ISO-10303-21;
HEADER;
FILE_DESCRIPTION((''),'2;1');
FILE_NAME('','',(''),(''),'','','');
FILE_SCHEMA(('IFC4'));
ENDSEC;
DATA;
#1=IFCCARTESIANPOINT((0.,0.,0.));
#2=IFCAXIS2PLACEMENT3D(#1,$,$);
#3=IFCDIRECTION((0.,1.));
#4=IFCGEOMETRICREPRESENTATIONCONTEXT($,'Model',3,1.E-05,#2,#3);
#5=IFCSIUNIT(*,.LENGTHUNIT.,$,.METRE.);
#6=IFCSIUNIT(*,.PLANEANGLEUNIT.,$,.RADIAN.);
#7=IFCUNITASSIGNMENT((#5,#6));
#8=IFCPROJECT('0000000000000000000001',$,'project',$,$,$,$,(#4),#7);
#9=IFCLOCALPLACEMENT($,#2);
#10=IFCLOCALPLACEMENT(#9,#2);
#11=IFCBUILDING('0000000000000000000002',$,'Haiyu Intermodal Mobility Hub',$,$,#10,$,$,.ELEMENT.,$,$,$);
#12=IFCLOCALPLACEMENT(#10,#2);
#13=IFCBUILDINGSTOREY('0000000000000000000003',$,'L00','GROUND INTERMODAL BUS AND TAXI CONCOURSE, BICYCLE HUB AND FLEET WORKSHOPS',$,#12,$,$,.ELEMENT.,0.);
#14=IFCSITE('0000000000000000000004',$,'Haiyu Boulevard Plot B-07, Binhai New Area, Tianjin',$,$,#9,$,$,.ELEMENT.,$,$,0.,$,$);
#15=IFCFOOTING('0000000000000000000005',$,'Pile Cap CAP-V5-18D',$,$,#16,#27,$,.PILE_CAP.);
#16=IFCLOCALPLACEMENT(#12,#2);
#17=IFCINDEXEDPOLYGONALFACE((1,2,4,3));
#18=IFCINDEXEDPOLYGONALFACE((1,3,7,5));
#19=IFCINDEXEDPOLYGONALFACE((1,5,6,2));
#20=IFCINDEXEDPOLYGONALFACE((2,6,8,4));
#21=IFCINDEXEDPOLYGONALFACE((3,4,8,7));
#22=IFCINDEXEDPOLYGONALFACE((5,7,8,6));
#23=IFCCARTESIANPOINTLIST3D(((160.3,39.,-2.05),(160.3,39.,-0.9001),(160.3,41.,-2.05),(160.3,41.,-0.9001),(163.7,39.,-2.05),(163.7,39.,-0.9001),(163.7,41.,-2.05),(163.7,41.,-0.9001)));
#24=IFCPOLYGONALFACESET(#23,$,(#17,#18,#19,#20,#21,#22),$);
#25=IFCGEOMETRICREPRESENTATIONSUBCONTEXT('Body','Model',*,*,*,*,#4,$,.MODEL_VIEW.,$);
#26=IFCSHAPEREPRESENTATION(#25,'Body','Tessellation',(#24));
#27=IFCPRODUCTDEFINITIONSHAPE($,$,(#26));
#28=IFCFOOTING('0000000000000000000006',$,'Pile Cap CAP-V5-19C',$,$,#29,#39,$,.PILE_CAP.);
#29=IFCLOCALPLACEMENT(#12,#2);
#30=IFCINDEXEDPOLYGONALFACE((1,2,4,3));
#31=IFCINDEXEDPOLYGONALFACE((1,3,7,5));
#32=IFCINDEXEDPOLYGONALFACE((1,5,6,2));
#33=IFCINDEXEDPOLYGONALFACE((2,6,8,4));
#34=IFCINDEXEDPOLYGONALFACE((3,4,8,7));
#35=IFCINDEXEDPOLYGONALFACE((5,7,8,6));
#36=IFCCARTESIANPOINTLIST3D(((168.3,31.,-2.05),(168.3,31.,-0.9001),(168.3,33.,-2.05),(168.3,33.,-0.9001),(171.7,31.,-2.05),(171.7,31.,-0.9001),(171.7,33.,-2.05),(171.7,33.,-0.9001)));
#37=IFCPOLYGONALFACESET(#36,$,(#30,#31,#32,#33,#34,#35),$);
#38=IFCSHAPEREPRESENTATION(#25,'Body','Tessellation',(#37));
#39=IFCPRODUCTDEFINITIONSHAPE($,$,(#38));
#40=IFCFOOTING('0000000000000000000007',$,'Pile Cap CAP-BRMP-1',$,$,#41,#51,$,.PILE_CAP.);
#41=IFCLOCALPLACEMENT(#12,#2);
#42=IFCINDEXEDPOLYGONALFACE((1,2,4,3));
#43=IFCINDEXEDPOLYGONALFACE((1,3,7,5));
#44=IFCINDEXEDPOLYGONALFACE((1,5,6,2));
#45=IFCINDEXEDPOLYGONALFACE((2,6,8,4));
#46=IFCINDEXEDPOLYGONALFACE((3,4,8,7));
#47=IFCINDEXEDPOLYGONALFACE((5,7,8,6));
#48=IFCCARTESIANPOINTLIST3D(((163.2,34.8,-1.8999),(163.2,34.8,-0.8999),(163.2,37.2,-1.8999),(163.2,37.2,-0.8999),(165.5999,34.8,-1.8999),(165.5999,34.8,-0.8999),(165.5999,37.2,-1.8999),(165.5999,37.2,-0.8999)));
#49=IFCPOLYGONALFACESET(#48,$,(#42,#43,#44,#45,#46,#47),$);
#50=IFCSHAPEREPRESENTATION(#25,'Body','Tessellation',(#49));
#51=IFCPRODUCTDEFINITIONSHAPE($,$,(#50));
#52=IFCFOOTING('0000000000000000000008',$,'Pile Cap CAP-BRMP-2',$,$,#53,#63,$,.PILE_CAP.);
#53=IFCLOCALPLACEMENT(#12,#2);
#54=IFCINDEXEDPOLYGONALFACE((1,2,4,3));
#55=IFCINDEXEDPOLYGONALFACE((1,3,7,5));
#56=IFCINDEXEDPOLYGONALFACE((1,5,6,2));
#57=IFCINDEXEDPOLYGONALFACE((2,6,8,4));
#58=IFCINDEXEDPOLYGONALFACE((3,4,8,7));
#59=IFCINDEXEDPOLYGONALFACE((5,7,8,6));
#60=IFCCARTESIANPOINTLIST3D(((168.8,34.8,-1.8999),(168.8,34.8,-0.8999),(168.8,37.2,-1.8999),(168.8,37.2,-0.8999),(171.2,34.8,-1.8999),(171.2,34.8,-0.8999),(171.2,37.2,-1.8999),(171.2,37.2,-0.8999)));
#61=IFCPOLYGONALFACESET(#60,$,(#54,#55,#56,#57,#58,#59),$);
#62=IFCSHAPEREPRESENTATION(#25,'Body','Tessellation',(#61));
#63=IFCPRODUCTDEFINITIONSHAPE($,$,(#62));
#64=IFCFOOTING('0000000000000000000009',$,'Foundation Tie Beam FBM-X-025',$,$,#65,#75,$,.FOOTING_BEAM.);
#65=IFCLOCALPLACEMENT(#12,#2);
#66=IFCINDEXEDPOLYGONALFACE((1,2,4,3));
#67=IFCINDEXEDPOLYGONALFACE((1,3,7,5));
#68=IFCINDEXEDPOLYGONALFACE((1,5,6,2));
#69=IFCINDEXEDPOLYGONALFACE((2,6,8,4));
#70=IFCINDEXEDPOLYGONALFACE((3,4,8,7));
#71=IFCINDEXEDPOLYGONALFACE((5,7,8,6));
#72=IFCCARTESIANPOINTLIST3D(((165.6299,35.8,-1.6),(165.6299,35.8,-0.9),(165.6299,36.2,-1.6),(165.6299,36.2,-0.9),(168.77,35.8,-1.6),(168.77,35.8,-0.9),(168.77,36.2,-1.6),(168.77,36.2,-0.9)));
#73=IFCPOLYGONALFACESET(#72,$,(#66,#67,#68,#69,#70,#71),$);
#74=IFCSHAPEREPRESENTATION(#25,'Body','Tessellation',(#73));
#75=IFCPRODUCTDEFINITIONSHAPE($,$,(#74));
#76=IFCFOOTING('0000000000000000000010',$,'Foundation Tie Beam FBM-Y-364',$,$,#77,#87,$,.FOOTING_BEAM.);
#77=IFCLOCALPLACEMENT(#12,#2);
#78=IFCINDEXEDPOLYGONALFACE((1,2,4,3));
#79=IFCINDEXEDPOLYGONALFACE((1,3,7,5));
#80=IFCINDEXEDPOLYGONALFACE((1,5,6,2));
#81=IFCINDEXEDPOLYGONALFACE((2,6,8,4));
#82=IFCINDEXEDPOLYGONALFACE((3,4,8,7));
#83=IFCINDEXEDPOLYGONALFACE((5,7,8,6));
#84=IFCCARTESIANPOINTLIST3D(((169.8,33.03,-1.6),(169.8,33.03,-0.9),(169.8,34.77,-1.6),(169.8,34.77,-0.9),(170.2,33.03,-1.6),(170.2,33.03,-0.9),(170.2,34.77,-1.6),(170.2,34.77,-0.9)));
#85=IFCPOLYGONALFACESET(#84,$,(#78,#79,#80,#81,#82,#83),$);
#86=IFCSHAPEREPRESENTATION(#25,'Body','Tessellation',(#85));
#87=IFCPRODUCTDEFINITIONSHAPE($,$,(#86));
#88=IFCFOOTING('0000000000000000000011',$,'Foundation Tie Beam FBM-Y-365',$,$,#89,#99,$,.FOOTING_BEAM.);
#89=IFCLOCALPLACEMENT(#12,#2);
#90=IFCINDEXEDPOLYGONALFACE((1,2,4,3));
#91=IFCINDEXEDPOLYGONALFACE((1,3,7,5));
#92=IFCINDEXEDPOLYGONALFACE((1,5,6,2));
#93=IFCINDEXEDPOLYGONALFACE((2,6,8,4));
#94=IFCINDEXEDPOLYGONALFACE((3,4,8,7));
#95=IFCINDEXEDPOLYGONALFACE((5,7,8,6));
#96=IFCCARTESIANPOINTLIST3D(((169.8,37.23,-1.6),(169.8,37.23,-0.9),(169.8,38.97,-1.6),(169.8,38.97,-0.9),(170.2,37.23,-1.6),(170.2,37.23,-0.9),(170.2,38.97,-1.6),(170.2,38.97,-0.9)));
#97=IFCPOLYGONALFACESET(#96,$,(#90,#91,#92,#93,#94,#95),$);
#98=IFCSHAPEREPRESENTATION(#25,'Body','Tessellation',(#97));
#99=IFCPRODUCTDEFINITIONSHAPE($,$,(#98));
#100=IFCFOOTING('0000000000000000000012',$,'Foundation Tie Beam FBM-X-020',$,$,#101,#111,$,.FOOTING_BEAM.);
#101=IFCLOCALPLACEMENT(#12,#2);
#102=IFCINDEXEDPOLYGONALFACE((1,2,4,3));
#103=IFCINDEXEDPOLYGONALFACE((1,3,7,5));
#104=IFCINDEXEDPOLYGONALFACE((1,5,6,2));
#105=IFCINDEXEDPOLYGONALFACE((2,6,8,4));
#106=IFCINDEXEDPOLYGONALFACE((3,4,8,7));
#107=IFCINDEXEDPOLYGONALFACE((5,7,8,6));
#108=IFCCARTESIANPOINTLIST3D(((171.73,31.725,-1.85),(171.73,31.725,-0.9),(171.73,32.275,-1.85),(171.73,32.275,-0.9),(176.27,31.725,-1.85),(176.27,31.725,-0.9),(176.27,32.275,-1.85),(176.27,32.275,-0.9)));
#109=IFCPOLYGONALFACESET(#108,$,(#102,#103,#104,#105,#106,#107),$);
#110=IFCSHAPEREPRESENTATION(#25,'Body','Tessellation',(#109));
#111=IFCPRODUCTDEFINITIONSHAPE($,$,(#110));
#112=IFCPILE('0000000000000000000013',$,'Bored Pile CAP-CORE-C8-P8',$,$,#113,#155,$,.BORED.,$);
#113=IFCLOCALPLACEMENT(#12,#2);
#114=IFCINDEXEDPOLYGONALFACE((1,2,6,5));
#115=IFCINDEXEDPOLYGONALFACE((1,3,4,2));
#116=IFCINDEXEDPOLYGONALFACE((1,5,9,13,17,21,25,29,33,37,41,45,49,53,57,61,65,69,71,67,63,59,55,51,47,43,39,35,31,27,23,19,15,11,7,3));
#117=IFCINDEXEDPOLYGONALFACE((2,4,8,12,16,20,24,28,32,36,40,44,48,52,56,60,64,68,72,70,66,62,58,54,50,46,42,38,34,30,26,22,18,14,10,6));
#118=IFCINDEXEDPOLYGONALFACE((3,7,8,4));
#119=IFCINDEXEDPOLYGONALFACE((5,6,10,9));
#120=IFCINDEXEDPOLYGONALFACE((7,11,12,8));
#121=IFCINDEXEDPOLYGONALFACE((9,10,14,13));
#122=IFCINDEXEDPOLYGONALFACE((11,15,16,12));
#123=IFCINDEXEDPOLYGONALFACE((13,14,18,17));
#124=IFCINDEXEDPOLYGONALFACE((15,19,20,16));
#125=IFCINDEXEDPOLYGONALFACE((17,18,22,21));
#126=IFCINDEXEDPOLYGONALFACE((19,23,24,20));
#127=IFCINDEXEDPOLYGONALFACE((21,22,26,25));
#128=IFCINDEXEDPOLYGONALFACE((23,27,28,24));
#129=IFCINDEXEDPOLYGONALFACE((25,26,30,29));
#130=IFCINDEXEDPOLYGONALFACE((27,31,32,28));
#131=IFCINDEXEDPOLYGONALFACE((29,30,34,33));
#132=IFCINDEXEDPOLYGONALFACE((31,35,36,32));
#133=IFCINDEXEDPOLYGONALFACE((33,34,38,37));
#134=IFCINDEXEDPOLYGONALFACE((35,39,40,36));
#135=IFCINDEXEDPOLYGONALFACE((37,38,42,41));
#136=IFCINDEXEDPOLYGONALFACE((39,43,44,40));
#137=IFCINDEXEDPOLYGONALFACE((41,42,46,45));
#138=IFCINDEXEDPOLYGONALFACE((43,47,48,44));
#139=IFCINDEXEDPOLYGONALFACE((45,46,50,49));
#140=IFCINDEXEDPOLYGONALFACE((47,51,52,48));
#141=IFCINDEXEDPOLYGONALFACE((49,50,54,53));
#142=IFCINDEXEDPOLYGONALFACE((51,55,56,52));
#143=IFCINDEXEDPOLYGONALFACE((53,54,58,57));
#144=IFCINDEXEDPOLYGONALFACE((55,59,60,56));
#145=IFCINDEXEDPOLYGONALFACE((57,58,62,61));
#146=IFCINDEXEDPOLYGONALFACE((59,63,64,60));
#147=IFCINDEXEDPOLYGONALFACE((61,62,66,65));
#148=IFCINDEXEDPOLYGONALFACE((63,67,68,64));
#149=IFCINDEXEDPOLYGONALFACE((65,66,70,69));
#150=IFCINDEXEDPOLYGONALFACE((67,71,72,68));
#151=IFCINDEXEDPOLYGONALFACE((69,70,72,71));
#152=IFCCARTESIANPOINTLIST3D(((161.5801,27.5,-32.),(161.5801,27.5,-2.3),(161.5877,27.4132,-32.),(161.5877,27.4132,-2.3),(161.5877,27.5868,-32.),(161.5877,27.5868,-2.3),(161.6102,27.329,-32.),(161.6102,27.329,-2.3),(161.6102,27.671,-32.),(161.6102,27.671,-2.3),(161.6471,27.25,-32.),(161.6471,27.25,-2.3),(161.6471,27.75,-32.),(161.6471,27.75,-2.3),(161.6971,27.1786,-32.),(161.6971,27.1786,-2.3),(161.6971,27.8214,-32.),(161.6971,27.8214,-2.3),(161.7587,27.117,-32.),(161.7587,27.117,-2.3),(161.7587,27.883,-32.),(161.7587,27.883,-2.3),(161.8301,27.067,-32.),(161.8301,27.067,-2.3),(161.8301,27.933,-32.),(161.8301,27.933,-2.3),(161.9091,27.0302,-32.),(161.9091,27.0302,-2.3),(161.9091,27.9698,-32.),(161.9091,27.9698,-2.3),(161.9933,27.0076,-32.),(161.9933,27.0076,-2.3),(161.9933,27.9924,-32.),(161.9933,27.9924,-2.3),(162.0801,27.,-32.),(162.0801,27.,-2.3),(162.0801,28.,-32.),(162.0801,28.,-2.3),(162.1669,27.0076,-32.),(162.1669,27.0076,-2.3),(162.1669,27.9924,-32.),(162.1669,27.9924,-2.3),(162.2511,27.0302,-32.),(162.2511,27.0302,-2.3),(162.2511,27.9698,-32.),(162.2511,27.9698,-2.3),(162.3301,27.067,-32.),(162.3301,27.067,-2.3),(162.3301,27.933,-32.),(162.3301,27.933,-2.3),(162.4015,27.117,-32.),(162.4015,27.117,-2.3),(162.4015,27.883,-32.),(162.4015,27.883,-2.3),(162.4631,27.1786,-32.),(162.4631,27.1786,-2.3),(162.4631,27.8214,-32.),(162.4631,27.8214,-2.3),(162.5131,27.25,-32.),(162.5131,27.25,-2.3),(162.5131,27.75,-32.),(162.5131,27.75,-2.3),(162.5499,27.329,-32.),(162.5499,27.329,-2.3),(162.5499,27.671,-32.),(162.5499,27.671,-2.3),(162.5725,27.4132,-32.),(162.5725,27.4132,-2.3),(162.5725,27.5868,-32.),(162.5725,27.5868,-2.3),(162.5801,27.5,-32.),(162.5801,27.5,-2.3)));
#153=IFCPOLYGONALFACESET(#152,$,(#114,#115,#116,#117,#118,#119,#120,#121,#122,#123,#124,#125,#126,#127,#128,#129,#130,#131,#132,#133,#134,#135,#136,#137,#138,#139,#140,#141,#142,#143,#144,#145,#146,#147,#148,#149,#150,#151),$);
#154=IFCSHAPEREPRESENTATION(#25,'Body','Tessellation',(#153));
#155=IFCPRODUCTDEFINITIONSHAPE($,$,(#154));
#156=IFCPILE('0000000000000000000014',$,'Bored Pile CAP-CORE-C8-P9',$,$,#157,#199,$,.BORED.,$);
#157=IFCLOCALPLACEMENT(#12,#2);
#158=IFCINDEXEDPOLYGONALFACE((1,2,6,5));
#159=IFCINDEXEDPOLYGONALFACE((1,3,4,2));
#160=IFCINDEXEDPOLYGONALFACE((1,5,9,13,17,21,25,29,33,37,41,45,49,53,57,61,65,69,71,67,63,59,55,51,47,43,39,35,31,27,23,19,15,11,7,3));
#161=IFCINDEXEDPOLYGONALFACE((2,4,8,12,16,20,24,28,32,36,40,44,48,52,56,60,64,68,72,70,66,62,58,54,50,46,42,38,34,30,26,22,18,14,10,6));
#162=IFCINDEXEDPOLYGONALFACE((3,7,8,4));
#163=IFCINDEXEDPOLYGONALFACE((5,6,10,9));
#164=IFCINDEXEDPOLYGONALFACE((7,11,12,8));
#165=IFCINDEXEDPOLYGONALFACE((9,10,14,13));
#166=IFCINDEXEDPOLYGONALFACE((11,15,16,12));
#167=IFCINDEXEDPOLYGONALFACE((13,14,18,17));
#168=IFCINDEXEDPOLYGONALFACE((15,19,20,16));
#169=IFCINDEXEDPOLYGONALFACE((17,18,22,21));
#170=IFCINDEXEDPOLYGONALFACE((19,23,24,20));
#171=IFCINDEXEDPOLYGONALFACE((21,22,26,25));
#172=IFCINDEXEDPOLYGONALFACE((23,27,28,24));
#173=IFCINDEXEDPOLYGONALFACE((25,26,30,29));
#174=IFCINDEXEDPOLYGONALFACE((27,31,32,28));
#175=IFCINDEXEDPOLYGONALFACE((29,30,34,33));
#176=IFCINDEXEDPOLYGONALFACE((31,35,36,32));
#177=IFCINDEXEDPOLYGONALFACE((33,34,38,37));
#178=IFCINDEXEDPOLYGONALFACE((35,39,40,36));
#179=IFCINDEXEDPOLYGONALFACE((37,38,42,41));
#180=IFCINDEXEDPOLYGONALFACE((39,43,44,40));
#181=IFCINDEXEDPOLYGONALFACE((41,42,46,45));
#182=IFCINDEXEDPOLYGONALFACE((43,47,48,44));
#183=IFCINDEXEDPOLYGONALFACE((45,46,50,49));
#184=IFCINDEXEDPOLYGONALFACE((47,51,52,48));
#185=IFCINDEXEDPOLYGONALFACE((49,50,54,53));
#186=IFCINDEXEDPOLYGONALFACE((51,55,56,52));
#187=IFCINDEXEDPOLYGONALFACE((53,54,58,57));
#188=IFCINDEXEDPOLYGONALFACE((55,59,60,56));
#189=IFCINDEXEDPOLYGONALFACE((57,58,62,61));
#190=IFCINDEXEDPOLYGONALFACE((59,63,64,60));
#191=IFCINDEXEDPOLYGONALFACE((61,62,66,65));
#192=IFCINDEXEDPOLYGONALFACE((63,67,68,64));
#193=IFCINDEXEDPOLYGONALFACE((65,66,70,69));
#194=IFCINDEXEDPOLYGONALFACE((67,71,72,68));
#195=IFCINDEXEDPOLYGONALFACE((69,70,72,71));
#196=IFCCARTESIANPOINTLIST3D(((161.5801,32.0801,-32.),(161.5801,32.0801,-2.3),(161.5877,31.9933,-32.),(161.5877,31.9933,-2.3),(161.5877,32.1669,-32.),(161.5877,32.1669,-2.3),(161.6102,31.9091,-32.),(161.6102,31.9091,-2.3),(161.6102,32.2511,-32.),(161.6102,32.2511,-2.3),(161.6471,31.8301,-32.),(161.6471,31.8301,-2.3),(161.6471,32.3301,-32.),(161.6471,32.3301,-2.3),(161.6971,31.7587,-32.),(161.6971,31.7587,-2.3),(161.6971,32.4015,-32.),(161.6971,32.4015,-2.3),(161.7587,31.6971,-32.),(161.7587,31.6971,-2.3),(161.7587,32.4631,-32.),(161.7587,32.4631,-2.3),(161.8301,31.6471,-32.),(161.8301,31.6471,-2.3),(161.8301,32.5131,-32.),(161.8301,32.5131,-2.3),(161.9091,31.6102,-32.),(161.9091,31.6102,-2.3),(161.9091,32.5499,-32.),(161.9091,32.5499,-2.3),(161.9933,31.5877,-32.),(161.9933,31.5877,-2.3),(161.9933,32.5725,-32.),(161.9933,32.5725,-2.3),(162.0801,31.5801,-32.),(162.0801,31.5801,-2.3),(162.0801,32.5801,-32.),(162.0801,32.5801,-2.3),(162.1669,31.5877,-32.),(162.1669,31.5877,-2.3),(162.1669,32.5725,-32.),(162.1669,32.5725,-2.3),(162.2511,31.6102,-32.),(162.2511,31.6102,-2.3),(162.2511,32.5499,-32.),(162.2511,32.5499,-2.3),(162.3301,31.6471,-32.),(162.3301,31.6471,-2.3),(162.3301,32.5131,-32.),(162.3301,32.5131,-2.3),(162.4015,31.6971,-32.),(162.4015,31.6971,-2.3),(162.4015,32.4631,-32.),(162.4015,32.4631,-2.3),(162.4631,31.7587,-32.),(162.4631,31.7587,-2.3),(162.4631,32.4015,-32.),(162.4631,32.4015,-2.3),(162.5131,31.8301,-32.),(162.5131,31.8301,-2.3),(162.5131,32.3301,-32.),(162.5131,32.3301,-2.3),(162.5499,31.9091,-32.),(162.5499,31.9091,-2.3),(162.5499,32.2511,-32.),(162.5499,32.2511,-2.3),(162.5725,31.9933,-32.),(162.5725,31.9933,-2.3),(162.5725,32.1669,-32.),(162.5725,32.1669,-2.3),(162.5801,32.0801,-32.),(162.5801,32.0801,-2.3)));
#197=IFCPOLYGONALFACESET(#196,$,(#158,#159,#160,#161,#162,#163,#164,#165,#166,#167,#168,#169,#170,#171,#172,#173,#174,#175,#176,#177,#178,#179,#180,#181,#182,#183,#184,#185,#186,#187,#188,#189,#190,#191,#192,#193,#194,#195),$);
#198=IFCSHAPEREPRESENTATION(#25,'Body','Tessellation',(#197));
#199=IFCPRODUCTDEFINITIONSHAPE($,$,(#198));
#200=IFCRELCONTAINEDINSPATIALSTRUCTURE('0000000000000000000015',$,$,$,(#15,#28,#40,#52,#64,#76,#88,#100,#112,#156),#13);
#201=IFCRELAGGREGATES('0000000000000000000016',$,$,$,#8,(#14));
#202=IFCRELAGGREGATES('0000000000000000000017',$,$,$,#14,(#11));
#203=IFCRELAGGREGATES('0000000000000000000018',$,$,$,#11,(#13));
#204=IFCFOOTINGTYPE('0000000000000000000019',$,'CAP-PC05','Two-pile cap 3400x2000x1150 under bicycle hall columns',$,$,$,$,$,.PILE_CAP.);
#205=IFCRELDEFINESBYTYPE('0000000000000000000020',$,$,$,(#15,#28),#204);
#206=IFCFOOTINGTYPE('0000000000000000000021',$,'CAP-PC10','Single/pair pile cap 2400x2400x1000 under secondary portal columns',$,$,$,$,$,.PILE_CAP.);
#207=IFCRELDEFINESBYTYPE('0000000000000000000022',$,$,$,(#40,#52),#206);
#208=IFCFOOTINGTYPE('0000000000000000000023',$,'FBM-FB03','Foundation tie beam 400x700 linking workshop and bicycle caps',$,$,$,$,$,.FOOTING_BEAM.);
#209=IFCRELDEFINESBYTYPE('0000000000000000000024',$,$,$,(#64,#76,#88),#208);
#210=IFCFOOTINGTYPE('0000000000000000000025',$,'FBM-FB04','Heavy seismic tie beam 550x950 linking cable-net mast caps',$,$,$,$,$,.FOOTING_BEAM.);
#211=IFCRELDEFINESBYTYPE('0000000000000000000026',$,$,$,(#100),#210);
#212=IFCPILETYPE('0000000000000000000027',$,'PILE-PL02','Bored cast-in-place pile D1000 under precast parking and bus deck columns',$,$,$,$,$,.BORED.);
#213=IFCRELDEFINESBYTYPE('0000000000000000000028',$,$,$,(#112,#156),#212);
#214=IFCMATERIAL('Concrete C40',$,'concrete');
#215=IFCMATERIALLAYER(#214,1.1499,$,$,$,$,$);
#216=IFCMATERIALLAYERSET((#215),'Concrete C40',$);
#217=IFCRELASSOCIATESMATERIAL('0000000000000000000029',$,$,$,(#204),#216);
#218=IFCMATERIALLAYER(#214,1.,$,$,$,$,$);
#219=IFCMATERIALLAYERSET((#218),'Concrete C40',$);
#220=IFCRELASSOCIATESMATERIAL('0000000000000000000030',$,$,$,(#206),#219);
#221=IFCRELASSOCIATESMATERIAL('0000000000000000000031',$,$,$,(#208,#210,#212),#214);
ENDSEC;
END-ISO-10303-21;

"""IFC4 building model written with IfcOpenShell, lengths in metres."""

from ifc_helpers import new_model, si_unit, direction, frame, origin, origin_2d, place, context, subcontext, project, spatial, rectangle, circle, extrude, material, layer, layer_set, material_profile, profile_set, type_object, element, save


model = new_model("IFC4")

# Units and contexts
model_context = context("Model", 3, precision=1e-05, world=origin(), true_north=direction((0.0, 1.0)))
body_context = subcontext(model_context, "Body", "Model", "MODEL_VIEW")
ifc_project = project(units=[si_unit("LENGTHUNIT", "METRE"), si_unit("PLANEANGLEUNIT", "RADIAN")], contexts=[model_context])

# Site, building, storey
site_placement = place(None, origin())
site = spatial("IfcSite", under=ifc_project, at=site_placement, Name="Haiyu Boulevard Plot B-07, Binhai New Area, Tianjin", CompositionType="ELEMENT", RefElevation=0.0)
building_placement = place(site_placement, origin())
building = spatial("IfcBuilding", under=site, at=building_placement, Name="Haiyu Intermodal Mobility Hub", CompositionType="ELEMENT")
storey_placement = place(building_placement, origin())
storey = spatial("IfcBuildingStorey", under=building, at=storey_placement, Name="L00", Description="GROUND INTERMODAL BUS AND TAXI CONCOURSE, BICYCLE HUB AND FLEET WORKSHOPS", CompositionType="ELEMENT", Elevation=0.0)

# Footings
ifc_material_1 = material(Name="Concrete C40", Category="concrete")
ifc_layer_1 = layer(ifc_material_1, 1.1499)
ifc_layer_set_1 = layer_set([ifc_layer_1], Name="Concrete C40")
footing_type_1 = type_object("IfcFootingType", Name="CAP-PC05", Description="Two-pile cap 3400x2000x1150 under bicycle hall columns", PredefinedType="PILE_CAP", material=ifc_layer_set_1)
for number, where, z_axis, x_axis, name in (
    (1, (162.0, 40.0, -2.05), (0.0, 0.0, 1.0), (1.0, 0.0, 0.0), "Pile Cap CAP-V5-18D"),
    (2, (170.0, 32.0, -2.05), (0.0, 0.0, 1.0), (1.0, 0.0, 0.0), "Pile Cap CAP-V5-19C"),
):
    element("IfcFooting", number, at=place(storey_placement, frame(where, z_axis=z_axis, x_axis=x_axis)), inside=storey, type_object=footing_type_1, Name=name, PredefinedType="PILE_CAP", context=body_context, shape_type="SweptSolid", body=[
        extrude(rectangle(XDim=3.3999, YDim=2.0, at=origin_2d()), origin(), (0.0, 0.0, 1.0), 1.1499),
    ])
ifc_layer_2 = layer(ifc_material_1, 1.0)
ifc_layer_set_2 = layer_set([ifc_layer_2], Name="Concrete C40")
footing_type_2 = type_object("IfcFootingType", Name="CAP-PC10", Description="Single/pair pile cap 2400x2400x1000 under secondary portal columns", PredefinedType="PILE_CAP", material=ifc_layer_set_2)
for number, where, z_axis, x_axis, name in (
    (3, (164.3999, 36.0, -1.8999), (0.0, 0.0, 1.0), (1.0, 0.0, 0.0), "Pile Cap CAP-BRMP-1"),
    (4, (170.0, 36.0, -1.8999), (0.0, 0.0, 1.0), (1.0, 0.0, 0.0), "Pile Cap CAP-BRMP-2"),
):
    element("IfcFooting", number, at=place(storey_placement, frame(where, z_axis=z_axis, x_axis=x_axis)), inside=storey, type_object=footing_type_2, Name=name, PredefinedType="PILE_CAP", context=body_context, shape_type="SweptSolid", body=[
        extrude(rectangle(XDim=2.3999, YDim=2.3999, at=origin_2d()), origin(), (0.0, 0.0, 1.0), 1.0),
    ])
ifc_material_profile_1 = material_profile(ifc_material_1, rectangle(XDim=0.3999, YDim=0.7, at=origin_2d()), Name="FB400x700")
ifc_profile_set_1 = profile_set([ifc_material_profile_1], Name="Concrete C40")
footing_type_3 = type_object("IfcFootingType", Name="FBM-FB03", Description="Foundation tie beam 400x700 linking workshop and bicycle caps", PredefinedType="FOOTING_BEAM", material=ifc_profile_set_1)
footing_1_placement = place(storey_placement, frame((165.6299, 36.0, -1.25), z_axis=(1.0, 0.0, 0.0), x_axis=(0.0, 1.0, 0.0)))
element("IfcFooting", 5, at=footing_1_placement, inside=storey, type_object=footing_type_3, Name="Foundation Tie Beam FBM-X-025", PredefinedType="FOOTING_BEAM", context=body_context, shape_type="SweptSolid", body=[
    extrude(rectangle(XDim=0.3999, YDim=0.7, at=origin_2d()), origin(), (0.0, 0.0, 1.0), 3.1401),
])
for number, where, z_axis, x_axis, name in (
    (6, (170.0, 33.03, -1.25), (0.0, 1.0, 0.0), (-1.0, 0.0, 0.0), "Foundation Tie Beam FBM-Y-364"),
    (7, (170.0, 37.23, -1.25), (0.0, 1.0, 0.0), (-1.0, 0.0, 0.0), "Foundation Tie Beam FBM-Y-365"),
):
    element("IfcFooting", number, at=place(storey_placement, frame(where, z_axis=z_axis, x_axis=x_axis)), inside=storey, type_object=footing_type_3, Name=name, PredefinedType="FOOTING_BEAM", context=body_context, shape_type="SweptSolid", body=[
        extrude(rectangle(XDim=0.3999, YDim=0.7, at=origin_2d()), origin(), (0.0, 0.0, 1.0), 1.74),
    ])
ifc_material_profile_2 = material_profile(ifc_material_1, rectangle(XDim=0.55, YDim=0.95, at=origin_2d()), Name="FB550x950")
ifc_profile_set_2 = profile_set([ifc_material_profile_2], Name="Concrete C40")
footing_type_4 = type_object("IfcFootingType", Name="FBM-FB04", Description="Heavy seismic tie beam 550x950 linking cable-net mast caps", PredefinedType="FOOTING_BEAM", material=ifc_profile_set_2)
footing_2_placement = place(storey_placement, frame((171.73, 32.0, -1.375), z_axis=(1.0, 0.0, 0.0), x_axis=(0.0, 1.0, 0.0)))
element("IfcFooting", 8, at=footing_2_placement, inside=storey, type_object=footing_type_4, Name="Foundation Tie Beam FBM-X-020", PredefinedType="FOOTING_BEAM", context=body_context, shape_type="SweptSolid", body=[
    extrude(rectangle(XDim=0.55, YDim=0.95, at=origin_2d()), origin(), (0.0, 0.0, 1.0), 4.54),
])

# Piles
ifc_material_profile_3 = material_profile(ifc_material_1, circle(Radius=0.5, at=origin_2d()), Name="PILE-D1000")
ifc_profile_set_3 = profile_set([ifc_material_profile_3], Name="Concrete C40")
pile_type_1 = type_object("IfcPileType", Name="PILE-PL02", Description="Bored cast-in-place pile D1000 under precast parking and bus deck columns", PredefinedType="BORED", material=ifc_profile_set_3)
for number, where, z_axis, x_axis, name in (
    (9, (162.0801, 27.5, -2.3), (0.0, 0.0, -1.0), (1.0, 0.0, 0.0), "Bored Pile CAP-CORE-C8-P8"),
    (10, (162.0801, 32.0801, -2.3), (0.0, 0.0, -1.0), (1.0, 0.0, 0.0), "Bored Pile CAP-CORE-C8-P9"),
):
    element("IfcPile", number, at=place(storey_placement, frame(where, z_axis=z_axis, x_axis=x_axis)), inside=storey, type_object=pile_type_1, Name=name, PredefinedType="BORED", context=body_context, shape_type="SweptSolid", body=[
        extrude(circle(Radius=0.5, at=origin_2d()), origin(), (0.0, 0.0, 1.0), 29.7),
    ])

save(model, "model.ifc")
